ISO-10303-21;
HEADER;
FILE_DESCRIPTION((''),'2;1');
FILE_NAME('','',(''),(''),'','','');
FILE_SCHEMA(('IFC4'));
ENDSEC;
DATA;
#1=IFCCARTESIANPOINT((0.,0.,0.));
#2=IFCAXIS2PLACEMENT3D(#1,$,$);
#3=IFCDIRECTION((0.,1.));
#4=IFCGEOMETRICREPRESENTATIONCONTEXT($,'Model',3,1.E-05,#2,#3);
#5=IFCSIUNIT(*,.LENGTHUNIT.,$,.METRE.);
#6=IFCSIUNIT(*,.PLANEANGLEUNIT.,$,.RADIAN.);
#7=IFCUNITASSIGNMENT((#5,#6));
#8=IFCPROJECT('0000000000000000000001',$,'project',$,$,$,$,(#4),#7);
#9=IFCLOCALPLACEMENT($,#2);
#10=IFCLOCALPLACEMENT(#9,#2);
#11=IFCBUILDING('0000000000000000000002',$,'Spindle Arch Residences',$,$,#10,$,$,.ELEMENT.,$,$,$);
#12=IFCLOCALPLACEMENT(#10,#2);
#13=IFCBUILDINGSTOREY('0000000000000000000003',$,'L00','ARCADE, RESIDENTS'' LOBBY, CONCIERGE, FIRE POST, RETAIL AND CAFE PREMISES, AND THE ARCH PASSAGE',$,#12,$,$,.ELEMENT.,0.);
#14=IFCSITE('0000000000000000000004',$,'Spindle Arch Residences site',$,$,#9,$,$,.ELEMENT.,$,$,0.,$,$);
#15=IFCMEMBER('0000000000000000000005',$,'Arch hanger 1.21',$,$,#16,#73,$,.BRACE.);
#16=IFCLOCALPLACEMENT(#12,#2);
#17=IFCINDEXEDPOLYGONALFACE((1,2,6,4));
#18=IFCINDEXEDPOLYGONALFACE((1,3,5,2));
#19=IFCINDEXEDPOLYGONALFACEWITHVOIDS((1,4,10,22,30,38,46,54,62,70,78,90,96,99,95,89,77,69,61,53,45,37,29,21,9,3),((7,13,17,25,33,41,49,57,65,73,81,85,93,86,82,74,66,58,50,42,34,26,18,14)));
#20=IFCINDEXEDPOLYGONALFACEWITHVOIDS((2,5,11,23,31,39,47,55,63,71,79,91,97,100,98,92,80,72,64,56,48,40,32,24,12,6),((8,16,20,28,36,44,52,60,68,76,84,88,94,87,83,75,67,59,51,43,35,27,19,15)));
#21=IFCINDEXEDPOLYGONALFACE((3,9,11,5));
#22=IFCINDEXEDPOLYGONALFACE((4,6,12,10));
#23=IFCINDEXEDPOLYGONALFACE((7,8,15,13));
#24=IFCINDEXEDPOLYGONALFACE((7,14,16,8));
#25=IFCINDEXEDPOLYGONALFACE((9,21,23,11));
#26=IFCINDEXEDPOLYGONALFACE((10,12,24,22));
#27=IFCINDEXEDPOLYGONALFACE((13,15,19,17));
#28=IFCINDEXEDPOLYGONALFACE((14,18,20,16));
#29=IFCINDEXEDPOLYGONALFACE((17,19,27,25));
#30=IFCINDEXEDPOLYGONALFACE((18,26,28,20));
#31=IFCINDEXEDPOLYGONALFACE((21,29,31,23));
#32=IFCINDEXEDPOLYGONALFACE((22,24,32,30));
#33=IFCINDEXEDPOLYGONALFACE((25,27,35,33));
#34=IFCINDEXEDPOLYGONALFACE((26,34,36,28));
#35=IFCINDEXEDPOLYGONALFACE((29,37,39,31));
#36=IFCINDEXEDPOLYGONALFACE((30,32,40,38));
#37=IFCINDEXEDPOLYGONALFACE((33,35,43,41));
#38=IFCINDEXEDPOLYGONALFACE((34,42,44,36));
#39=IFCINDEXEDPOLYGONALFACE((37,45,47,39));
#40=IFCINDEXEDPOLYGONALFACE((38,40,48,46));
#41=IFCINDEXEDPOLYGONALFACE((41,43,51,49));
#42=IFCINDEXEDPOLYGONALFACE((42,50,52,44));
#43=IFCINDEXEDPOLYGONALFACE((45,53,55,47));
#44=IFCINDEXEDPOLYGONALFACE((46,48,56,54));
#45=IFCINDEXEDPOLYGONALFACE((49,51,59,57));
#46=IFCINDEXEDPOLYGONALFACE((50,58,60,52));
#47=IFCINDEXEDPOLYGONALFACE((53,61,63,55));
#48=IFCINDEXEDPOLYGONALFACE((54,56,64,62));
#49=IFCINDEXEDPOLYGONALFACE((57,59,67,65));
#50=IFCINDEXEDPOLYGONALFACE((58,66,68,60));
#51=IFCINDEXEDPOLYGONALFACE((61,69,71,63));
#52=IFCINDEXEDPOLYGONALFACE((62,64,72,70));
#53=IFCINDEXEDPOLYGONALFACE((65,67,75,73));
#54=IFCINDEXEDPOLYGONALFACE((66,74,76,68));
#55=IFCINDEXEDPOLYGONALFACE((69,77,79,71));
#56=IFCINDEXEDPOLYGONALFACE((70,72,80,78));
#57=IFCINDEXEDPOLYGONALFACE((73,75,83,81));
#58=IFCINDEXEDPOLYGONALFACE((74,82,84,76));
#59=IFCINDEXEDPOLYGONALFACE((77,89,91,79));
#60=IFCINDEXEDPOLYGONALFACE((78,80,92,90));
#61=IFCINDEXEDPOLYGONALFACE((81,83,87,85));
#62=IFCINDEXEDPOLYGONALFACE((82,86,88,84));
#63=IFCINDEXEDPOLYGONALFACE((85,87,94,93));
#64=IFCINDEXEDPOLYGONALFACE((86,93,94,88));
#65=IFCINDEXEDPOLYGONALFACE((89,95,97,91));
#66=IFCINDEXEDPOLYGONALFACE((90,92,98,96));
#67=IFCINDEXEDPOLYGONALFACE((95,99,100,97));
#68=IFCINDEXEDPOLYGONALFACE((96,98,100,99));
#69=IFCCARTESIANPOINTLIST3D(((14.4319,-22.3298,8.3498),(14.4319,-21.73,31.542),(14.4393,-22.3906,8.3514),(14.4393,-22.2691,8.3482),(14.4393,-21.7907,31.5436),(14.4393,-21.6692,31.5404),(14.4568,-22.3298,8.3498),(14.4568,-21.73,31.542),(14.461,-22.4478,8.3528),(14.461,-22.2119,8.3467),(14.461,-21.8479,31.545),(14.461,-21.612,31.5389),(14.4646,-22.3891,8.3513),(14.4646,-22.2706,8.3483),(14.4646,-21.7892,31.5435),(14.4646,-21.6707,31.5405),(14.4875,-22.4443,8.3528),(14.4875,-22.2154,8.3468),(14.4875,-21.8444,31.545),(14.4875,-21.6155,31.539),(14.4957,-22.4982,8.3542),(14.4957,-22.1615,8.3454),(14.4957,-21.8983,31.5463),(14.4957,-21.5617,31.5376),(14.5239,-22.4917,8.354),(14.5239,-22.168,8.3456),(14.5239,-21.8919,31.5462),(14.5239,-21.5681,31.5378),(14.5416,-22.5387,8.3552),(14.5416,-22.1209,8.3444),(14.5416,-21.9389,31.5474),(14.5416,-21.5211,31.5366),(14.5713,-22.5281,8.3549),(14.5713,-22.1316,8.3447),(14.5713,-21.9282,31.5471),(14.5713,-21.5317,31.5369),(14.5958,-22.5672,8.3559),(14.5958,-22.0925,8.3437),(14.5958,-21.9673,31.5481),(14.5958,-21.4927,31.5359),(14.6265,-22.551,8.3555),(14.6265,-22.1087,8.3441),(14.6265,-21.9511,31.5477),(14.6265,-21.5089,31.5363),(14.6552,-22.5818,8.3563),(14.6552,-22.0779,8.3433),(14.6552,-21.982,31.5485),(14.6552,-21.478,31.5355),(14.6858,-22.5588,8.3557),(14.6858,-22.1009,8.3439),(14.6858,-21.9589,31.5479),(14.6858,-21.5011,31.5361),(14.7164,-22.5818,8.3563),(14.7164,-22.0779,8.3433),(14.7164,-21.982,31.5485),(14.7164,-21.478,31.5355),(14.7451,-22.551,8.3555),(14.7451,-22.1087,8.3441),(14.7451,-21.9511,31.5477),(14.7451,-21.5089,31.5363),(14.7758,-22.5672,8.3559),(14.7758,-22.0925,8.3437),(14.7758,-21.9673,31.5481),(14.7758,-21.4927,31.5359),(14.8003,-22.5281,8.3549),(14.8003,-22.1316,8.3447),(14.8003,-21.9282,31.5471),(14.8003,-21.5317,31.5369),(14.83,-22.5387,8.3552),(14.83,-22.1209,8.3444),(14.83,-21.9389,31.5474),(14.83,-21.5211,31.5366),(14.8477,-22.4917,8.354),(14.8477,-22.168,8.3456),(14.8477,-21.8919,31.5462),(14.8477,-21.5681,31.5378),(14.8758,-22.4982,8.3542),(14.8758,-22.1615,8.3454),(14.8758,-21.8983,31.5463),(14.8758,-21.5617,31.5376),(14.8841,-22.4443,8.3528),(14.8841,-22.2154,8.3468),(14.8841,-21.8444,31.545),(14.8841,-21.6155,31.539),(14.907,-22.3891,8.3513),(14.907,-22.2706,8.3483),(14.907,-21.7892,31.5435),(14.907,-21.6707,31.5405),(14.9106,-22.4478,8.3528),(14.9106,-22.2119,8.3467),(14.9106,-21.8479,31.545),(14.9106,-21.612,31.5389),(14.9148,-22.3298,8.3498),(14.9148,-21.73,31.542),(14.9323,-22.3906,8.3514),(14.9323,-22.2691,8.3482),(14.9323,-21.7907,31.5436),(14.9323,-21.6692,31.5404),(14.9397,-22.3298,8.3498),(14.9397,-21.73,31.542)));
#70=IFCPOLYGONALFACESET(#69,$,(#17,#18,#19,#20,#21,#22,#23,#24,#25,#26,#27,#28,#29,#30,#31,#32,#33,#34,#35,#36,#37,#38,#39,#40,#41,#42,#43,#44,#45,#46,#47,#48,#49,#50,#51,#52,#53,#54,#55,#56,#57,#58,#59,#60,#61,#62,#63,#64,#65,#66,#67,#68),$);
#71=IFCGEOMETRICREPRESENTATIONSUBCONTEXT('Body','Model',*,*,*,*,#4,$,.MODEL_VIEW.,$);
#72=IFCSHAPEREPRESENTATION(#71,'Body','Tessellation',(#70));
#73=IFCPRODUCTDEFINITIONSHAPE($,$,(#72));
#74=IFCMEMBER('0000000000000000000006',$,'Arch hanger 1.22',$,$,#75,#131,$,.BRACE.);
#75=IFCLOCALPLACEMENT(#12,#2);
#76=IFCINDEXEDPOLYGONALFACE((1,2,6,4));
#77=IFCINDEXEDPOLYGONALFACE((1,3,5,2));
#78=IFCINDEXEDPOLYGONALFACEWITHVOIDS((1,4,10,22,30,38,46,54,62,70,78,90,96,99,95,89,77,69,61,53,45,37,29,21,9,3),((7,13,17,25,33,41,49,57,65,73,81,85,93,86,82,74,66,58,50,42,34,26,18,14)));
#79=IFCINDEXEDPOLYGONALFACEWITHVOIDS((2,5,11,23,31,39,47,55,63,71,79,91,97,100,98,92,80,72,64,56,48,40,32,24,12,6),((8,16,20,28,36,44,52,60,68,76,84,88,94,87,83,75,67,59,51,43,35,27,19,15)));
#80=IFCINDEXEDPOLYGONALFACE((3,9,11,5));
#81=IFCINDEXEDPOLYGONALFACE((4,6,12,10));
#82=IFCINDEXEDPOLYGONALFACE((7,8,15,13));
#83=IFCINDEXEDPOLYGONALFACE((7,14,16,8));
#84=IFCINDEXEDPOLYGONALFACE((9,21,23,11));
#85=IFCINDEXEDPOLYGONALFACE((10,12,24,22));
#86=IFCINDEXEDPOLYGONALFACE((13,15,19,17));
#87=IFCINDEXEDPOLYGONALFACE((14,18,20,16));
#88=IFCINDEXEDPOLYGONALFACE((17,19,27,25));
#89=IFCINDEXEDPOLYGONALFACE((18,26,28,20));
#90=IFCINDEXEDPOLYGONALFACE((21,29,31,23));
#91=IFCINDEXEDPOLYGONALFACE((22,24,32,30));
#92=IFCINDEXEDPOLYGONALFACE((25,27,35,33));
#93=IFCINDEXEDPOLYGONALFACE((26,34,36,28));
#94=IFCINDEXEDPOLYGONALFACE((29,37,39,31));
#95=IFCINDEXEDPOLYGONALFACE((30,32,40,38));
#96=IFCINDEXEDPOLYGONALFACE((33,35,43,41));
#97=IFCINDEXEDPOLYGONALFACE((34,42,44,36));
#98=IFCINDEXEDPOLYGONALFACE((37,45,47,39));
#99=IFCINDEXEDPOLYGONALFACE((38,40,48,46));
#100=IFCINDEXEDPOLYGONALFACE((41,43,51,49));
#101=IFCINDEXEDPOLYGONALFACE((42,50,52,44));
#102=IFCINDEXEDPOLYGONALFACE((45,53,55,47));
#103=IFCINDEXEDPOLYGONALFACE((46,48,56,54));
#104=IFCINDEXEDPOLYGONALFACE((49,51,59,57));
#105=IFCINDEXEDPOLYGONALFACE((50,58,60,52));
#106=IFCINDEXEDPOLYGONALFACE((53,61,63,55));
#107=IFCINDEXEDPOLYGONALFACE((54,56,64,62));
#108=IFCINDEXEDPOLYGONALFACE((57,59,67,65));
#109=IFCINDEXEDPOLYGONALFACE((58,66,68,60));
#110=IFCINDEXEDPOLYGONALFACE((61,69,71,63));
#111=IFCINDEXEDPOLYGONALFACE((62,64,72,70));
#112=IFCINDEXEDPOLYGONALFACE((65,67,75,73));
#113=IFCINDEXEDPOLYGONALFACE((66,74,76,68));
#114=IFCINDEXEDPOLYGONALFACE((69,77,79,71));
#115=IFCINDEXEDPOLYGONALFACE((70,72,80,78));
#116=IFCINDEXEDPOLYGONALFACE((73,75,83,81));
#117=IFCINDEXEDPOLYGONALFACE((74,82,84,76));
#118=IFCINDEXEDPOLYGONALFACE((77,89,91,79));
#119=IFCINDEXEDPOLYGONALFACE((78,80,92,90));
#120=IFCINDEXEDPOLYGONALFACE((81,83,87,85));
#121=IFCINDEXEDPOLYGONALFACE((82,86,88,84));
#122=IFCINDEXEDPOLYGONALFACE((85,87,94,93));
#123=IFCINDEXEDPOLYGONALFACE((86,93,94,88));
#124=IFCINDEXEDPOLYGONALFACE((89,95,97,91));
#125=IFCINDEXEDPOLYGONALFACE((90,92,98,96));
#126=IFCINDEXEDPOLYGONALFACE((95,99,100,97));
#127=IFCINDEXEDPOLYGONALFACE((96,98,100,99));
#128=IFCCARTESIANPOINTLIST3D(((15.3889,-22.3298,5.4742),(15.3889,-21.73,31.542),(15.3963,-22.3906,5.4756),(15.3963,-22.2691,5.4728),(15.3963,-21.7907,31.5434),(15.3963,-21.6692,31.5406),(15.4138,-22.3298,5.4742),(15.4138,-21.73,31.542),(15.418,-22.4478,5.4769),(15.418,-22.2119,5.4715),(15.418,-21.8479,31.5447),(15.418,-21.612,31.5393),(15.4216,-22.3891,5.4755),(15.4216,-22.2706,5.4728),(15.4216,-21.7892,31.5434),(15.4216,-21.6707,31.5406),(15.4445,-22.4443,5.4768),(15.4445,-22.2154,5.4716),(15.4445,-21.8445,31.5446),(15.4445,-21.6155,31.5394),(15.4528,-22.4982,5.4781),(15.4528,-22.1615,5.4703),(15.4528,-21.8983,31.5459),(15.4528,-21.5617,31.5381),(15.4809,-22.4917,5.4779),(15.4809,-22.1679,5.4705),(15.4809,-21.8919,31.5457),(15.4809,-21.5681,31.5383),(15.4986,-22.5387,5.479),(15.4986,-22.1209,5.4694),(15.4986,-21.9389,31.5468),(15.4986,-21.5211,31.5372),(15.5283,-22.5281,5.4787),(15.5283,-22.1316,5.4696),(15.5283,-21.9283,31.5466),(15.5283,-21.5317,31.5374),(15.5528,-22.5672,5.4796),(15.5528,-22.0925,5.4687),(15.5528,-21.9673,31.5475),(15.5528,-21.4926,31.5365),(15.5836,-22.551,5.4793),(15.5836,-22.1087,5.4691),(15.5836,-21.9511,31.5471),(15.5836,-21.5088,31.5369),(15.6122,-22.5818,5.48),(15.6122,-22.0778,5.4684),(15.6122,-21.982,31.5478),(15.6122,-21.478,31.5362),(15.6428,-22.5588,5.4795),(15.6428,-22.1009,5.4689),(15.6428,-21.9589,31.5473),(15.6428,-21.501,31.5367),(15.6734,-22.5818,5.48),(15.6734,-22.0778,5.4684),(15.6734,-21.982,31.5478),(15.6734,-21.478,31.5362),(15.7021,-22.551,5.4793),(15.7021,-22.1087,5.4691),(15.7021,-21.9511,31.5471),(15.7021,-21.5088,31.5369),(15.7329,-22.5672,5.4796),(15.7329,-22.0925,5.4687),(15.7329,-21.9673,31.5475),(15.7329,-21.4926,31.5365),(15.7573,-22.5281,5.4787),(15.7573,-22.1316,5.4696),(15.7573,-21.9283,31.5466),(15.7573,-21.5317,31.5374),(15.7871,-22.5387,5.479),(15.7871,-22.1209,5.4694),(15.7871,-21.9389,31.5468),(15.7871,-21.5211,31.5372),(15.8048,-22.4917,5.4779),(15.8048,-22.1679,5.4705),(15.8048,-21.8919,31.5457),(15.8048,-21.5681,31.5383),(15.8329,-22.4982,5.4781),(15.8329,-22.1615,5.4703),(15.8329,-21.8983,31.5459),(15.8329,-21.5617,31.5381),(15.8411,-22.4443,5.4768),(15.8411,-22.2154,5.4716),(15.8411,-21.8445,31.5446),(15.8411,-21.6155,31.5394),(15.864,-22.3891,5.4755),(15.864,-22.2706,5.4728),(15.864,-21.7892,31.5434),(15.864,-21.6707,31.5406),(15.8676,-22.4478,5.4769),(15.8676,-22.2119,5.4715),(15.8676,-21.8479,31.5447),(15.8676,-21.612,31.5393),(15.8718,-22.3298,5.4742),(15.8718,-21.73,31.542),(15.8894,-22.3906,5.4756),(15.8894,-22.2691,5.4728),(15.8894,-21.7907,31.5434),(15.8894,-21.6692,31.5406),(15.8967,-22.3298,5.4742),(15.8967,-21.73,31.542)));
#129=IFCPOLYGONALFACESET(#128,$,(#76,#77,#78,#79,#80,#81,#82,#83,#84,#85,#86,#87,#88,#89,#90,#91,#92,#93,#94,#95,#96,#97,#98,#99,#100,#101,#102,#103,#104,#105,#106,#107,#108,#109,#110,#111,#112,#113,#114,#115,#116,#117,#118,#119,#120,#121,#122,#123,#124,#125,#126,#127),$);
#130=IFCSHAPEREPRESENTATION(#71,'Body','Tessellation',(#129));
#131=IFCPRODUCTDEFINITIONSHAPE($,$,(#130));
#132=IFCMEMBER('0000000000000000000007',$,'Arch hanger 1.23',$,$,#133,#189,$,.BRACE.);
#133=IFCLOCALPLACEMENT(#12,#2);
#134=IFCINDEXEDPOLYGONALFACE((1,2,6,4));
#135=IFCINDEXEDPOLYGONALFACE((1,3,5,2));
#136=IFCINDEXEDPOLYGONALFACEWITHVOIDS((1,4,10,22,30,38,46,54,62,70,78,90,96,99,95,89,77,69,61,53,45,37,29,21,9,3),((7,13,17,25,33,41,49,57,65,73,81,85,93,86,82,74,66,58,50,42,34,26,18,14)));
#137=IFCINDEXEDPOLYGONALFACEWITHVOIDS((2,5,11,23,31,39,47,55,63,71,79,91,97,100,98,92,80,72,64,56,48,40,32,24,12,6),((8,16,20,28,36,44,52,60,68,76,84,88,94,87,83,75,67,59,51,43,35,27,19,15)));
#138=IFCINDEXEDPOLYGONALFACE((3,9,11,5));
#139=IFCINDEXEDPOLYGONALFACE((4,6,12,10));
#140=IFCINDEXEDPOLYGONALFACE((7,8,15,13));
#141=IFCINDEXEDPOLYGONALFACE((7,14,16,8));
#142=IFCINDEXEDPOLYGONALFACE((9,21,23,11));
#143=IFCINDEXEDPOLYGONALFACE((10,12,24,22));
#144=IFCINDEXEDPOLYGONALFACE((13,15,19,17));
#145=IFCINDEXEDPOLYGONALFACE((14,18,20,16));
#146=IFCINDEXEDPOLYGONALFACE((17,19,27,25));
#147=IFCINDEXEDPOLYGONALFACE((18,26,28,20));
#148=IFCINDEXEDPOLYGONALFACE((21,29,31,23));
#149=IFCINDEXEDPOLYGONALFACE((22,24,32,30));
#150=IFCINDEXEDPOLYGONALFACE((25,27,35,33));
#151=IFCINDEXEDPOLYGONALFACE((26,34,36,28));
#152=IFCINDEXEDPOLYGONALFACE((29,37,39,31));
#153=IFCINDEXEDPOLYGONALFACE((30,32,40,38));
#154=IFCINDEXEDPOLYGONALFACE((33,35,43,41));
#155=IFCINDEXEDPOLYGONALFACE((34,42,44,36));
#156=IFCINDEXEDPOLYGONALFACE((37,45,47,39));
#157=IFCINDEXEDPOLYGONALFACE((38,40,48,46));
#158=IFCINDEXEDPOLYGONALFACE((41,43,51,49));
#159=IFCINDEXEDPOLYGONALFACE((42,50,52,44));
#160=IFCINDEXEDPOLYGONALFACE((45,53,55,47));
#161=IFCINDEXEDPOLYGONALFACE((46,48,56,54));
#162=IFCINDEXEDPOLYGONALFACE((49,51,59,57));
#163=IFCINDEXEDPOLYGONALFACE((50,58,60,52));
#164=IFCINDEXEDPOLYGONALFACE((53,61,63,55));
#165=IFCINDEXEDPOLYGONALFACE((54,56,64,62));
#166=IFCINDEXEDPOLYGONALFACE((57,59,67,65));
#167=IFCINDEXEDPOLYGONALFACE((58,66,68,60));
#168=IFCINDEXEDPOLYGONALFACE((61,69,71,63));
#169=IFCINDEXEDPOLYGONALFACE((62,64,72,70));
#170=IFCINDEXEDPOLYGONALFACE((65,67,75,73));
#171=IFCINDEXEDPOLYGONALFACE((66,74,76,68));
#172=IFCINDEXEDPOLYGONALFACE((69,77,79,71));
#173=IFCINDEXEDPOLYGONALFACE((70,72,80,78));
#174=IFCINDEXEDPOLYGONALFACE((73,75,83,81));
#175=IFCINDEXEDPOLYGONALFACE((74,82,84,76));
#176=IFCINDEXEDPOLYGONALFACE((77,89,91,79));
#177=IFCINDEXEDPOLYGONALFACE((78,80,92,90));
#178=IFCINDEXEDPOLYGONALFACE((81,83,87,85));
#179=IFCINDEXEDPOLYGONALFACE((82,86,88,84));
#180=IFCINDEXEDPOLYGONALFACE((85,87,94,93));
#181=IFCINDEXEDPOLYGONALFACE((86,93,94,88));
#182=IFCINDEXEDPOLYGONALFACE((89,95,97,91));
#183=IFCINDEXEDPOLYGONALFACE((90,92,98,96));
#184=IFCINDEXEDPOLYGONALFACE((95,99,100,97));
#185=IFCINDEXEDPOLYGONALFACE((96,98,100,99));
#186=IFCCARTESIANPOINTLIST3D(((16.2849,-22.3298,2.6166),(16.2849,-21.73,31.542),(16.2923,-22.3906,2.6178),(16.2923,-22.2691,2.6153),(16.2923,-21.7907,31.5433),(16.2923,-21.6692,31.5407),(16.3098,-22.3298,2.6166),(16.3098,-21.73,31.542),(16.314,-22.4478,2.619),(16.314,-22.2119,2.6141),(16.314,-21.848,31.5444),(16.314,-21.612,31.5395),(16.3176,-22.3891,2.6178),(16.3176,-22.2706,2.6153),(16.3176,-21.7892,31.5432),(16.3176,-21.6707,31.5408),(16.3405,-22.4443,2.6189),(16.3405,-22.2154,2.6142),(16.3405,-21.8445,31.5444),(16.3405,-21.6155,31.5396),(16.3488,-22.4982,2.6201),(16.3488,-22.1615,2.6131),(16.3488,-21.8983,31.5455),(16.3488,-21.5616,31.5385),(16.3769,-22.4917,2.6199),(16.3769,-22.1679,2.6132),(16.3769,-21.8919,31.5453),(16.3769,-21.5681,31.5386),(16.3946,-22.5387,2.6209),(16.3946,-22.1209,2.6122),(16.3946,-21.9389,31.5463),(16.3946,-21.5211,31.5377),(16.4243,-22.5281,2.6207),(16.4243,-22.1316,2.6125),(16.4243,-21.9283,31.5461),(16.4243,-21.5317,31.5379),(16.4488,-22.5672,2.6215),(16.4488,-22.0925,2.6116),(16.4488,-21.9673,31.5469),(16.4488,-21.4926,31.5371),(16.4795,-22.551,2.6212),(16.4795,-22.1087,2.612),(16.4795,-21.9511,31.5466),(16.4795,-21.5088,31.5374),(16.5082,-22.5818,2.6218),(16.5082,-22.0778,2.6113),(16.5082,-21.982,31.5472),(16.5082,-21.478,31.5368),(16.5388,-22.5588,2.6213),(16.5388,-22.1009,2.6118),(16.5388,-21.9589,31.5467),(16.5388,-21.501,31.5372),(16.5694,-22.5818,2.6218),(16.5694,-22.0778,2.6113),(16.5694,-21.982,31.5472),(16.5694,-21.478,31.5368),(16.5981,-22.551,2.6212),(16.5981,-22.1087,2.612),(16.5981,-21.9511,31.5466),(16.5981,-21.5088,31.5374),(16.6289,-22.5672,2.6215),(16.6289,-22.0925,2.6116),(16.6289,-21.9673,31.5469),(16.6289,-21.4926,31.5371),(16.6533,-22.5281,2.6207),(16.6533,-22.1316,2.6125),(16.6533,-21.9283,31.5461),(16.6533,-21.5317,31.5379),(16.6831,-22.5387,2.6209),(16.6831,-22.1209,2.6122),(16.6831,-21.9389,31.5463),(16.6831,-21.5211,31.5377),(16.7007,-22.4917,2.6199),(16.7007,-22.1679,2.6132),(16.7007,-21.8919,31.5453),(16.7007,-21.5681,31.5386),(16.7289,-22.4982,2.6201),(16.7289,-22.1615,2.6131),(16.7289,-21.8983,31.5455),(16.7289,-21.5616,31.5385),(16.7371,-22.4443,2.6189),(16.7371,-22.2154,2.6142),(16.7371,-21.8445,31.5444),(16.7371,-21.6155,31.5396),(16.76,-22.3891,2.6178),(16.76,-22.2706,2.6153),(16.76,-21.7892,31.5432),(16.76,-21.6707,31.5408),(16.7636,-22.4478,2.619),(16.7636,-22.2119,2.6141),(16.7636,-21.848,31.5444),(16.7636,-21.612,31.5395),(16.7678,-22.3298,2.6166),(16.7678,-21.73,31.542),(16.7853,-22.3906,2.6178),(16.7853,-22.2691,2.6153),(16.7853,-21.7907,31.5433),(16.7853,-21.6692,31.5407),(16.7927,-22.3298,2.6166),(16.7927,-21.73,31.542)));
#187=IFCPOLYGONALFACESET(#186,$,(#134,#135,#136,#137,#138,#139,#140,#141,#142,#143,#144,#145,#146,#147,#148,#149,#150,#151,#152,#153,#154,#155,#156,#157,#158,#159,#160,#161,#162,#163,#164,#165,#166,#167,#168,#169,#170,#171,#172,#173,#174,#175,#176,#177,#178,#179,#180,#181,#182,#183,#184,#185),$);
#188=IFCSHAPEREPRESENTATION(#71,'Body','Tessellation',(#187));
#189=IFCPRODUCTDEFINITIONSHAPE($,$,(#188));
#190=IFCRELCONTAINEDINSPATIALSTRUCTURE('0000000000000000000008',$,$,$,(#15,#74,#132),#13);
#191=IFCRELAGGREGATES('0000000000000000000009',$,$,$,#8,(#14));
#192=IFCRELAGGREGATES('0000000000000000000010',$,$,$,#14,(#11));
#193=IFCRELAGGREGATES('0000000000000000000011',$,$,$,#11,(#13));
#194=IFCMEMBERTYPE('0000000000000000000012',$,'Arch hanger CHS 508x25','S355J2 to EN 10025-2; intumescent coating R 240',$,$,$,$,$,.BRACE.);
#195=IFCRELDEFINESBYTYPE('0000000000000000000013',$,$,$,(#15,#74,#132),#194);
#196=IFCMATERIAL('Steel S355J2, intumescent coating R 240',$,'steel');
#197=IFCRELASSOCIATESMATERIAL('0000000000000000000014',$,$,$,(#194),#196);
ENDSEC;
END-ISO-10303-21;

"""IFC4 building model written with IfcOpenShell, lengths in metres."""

from ifc_helpers import new_model, si_unit, direction, frame, origin, origin_2d, place, context, subcontext, project, spatial, hollow_circle, extrude, material, material_profile, profile_set, type_object, element, save


model = new_model("IFC4")

# Units and contexts
model_context = context("Model", 3, precision=1e-05, world=origin(), true_north=direction((0.0, 1.0)))
body_context = subcontext(model_context, "Body", "Model", "MODEL_VIEW")
ifc_project = project(units=[si_unit("LENGTHUNIT", "METRE"), si_unit("PLANEANGLEUNIT", "RADIAN")], contexts=[model_context])

# Site, building, storey
site_placement = place(None, origin())
site = spatial("IfcSite", under=ifc_project, at=site_placement, Name="Spindle Arch Residences site", CompositionType="ELEMENT", RefElevation=0.0)
building_placement = place(site_placement, origin())
building = spatial("IfcBuilding", under=site, at=building_placement, Name="Spindle Arch Residences", CompositionType="ELEMENT")
storey_placement = place(building_placement, origin())
storey = spatial("IfcBuildingStorey", under=building, at=storey_placement, Name="L00", Description="ARCADE, RESIDENTS' LOBBY, CONCIERGE, FIRE POST, RETAIL AND CAFE PREMISES, AND THE ARCH PASSAGE", CompositionType="ELEMENT", Elevation=0.0)

# Members
ifc_material_1 = material(Name="Steel S355J2, intumescent coating R 240", Category="steel")
ifc_material_profile_1 = material_profile(ifc_material_1, hollow_circle(Radius=0.2539, WallThickness=0.0249, at=origin_2d()), Name="CHS 508x25")
ifc_profile_set_1 = profile_set([ifc_material_profile_1], Name="Steel S355J2, intumescent coating R 240")
member_type_1 = type_object("IfcMemberType", Name="Arch hanger CHS 508x25", Description="S355J2 to EN 10025-2; intumescent coating R 240", PredefinedType="BRACE", material=ifc_profile_set_1)
member_1_placement = place(storey_placement, frame((14.6858, -21.73, 31.542), z_axis=(0.0, -0.025856, -0.999666), x_axis=(1.0, 0.0, 0.0)))
element("IfcMember", 1, at=member_1_placement, inside=storey, type_object=member_type_1, Name="Arch hanger 1.21", PredefinedType="BRACE", context=body_context, shape_type="SweptSolid", body=[
    extrude(hollow_circle(Radius=0.2539, WallThickness=0.0249, at=origin_2d()), origin(), (0.0, 0.0, 1.0), 23.2),
])
member_2_placement = place(storey_placement, frame((15.6428, -21.73, 31.542), z_axis=(0.0, -0.023005, -0.999735), x_axis=(1.0, 0.0, 0.0)))
element("IfcMember", 2, at=member_2_placement, inside=storey, type_object=member_type_1, Name="Arch hanger 1.22", PredefinedType="BRACE", context=body_context, shape_type="SweptSolid", body=[
    extrude(hollow_circle(Radius=0.2539, WallThickness=0.0249, at=origin_2d()), origin(), (0.0, 0.0, 1.0), 26.0747),
])
member_3_placement = place(storey_placement, frame((16.5388, -21.73, 31.542), z_axis=(0.0, -0.020733, -0.999785), x_axis=(1.0, 0.0, 0.0)))
element("IfcMember", 3, at=member_3_placement, inside=storey, type_object=member_type_1, Name="Arch hanger 1.23", PredefinedType="BRACE", context=body_context, shape_type="SweptSolid", body=[
    extrude(hollow_circle(Radius=0.2539, WallThickness=0.0249, at=origin_2d()), origin(), (0.0, 0.0, 1.0), 28.9316),
])

save(model, "model.ifc")
